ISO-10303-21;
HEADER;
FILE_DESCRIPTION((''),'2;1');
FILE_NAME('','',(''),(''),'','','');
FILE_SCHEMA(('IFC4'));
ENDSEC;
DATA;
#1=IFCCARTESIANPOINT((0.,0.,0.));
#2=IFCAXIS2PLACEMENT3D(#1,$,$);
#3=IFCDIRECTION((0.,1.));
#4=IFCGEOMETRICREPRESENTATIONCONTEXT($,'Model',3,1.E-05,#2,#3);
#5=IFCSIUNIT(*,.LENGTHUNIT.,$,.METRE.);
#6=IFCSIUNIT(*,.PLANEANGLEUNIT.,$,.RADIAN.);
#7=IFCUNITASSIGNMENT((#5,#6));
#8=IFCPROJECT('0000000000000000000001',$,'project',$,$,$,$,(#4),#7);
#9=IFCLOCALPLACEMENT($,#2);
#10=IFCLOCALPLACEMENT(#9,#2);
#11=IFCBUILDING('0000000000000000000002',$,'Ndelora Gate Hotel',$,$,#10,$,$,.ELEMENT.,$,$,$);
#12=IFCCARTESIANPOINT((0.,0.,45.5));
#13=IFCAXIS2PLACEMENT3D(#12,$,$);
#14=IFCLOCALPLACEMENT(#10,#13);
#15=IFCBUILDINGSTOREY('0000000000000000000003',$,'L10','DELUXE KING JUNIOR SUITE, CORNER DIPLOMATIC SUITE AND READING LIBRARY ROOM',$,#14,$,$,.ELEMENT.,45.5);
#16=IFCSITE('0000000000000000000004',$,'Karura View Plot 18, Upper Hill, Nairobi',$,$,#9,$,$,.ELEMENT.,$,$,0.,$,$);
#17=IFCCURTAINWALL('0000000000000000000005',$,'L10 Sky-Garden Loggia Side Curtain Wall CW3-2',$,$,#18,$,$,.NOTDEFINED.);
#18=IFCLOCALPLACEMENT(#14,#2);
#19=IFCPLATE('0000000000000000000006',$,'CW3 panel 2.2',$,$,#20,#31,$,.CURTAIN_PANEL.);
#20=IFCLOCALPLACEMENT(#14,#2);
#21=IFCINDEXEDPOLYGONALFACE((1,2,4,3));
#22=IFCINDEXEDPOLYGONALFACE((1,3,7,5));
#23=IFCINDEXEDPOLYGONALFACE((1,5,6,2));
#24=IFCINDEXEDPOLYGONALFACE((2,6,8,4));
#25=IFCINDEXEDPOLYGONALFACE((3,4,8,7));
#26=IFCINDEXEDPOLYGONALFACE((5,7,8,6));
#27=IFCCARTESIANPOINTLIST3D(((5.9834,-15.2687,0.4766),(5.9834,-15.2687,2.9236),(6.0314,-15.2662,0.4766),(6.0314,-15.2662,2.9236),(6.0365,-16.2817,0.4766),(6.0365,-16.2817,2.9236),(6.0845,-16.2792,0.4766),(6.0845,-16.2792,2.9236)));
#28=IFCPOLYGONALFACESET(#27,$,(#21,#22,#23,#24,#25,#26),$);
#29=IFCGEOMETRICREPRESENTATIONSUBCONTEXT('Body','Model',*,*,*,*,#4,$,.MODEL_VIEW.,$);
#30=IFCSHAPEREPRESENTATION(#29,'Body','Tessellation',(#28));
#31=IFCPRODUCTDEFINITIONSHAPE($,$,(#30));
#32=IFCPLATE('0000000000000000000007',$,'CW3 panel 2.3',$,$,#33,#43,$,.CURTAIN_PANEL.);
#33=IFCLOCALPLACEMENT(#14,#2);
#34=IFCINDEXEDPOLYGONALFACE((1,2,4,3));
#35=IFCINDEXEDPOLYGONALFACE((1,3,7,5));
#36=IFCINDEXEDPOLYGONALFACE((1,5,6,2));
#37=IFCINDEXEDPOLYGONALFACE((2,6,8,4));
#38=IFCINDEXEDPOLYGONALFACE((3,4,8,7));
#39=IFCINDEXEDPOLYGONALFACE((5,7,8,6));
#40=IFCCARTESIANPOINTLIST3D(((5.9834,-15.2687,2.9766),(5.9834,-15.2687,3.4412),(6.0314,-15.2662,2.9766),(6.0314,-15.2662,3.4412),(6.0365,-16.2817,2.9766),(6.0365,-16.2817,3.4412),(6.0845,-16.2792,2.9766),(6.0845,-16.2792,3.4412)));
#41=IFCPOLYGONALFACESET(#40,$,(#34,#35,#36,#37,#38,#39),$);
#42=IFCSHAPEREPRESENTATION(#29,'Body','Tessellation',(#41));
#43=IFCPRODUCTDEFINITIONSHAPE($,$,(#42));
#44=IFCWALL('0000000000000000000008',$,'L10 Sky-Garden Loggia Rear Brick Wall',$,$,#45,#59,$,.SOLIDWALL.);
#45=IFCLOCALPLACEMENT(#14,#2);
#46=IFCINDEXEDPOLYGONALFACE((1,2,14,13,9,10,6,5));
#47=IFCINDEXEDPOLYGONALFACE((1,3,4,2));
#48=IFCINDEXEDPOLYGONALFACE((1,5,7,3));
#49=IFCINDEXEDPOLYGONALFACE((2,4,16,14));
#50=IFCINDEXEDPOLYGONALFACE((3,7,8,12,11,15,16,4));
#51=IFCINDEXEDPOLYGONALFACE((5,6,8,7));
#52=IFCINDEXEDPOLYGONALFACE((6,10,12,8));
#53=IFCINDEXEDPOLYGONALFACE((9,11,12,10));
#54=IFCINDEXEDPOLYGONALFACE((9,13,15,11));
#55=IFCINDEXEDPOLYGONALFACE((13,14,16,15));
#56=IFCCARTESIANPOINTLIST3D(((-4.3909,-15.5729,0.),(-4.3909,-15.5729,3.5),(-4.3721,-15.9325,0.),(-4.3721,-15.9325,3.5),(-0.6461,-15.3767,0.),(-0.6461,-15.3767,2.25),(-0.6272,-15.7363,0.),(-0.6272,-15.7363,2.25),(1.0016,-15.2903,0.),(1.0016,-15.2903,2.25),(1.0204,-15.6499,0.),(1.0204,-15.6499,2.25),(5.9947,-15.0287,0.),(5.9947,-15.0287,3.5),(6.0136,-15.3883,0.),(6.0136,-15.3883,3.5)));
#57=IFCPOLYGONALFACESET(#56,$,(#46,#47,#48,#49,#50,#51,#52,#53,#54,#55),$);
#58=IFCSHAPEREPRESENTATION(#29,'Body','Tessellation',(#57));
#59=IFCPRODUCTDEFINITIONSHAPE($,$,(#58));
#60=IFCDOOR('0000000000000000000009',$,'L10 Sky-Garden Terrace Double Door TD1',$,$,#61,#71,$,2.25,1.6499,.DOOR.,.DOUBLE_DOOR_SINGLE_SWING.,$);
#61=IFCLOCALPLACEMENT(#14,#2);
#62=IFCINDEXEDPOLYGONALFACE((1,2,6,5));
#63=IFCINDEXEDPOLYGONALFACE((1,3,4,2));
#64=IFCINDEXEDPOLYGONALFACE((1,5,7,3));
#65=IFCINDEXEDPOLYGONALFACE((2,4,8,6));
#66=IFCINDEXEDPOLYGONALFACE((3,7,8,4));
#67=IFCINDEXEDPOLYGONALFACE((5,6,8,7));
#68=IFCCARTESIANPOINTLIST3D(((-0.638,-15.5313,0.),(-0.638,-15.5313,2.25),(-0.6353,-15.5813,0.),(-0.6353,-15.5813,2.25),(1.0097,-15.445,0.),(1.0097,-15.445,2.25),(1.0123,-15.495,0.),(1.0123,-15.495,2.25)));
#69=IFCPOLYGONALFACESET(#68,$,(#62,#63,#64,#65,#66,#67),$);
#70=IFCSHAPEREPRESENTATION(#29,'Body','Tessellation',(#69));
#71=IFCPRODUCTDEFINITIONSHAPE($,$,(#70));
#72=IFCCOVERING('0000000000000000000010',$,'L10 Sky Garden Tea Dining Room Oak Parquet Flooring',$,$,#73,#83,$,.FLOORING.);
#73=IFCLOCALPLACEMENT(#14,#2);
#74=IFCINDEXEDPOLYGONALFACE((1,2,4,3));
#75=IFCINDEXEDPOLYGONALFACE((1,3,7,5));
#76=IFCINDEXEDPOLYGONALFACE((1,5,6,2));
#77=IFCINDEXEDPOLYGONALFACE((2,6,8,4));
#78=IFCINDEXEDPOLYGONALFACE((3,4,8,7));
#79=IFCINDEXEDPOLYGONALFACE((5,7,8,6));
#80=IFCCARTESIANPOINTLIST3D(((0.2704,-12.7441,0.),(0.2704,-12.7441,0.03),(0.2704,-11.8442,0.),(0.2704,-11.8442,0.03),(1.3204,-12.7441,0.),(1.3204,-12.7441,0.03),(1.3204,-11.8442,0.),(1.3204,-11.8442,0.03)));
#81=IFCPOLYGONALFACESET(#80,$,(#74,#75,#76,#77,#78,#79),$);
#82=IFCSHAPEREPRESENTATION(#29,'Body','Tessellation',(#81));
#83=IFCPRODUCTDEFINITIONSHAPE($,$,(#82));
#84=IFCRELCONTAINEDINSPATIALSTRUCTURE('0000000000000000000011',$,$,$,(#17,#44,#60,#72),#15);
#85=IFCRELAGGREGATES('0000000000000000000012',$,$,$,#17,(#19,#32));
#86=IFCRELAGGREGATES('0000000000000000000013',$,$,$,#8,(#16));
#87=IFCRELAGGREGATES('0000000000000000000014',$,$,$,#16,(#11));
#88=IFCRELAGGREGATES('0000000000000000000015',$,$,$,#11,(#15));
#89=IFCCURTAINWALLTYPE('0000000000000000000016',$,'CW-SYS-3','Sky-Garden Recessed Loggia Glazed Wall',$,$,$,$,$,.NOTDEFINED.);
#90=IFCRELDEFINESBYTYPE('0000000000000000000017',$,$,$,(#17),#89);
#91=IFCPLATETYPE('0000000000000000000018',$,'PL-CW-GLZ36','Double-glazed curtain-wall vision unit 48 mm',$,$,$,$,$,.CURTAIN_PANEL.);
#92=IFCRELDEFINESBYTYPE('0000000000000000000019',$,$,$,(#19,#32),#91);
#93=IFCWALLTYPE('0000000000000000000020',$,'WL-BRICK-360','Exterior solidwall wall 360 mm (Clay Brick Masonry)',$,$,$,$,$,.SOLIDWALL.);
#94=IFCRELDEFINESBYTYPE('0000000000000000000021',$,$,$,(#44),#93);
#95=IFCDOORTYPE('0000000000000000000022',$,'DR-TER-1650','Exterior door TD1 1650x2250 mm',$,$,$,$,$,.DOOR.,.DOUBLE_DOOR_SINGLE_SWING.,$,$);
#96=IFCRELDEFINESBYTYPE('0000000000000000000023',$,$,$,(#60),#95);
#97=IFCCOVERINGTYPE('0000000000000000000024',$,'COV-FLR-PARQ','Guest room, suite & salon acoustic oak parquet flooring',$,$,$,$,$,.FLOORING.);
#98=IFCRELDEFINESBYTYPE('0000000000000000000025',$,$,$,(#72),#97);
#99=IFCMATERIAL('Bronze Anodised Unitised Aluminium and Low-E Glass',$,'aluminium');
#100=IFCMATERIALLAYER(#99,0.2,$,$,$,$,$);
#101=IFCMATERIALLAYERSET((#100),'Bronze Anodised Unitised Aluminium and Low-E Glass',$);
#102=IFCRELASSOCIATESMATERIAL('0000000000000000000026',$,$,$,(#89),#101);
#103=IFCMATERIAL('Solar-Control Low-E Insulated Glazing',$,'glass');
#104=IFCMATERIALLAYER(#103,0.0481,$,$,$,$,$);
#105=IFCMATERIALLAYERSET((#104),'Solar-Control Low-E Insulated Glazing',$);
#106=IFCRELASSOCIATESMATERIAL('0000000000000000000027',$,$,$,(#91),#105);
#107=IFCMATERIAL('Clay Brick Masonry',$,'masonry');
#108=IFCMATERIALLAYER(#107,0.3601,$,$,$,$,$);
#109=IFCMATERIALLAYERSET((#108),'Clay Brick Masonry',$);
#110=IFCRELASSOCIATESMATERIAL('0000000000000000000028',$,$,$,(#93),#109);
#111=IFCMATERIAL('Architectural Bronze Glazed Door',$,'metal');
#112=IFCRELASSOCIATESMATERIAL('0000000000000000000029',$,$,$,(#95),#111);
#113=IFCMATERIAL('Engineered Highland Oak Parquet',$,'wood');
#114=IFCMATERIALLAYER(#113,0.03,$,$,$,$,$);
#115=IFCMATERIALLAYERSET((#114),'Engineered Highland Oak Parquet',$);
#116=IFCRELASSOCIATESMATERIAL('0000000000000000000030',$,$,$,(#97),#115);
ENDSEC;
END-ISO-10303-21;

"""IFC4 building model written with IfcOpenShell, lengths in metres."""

from ifc_helpers import new_model, si_unit, direction, frame, frame_2d, origin, origin_2d, place, context, subcontext, project, spatial, rectangle, extrude, material, layer, layer_set, type_object, element, fill, aggregate, save


model = new_model("IFC4")

# Units and contexts
model_context = context("Model", 3, precision=1e-05, world=origin(), true_north=direction((0.0, 1.0)))
body_context = subcontext(model_context, "Body", "Model", "MODEL_VIEW")
ifc_project = project(units=[si_unit("LENGTHUNIT", "METRE"), si_unit("PLANEANGLEUNIT", "RADIAN")], contexts=[model_context])

# Site, building, storey
site_placement = place(None, origin())
site = spatial("IfcSite", under=ifc_project, at=site_placement, Name="Karura View Plot 18, Upper Hill, Nairobi", CompositionType="ELEMENT", RefElevation=0.0)
building_placement = place(site_placement, origin())
building = spatial("IfcBuilding", under=site, at=building_placement, Name="Ndelora Gate Hotel", CompositionType="ELEMENT")
storey_placement = place(building_placement, frame((0.0, 0.0, 45.5)))
storey = spatial("IfcBuildingStorey", under=building, at=storey_placement, Name="L10", Description="DELUXE KING JUNIOR SUITE, CORNER DIPLOMATIC SUITE AND READING LIBRARY ROOM", CompositionType="ELEMENT", Elevation=45.5)

# Curtain wall, plates
ifc_material_1 = material(Name="Bronze Anodised Unitised Aluminium and Low-E Glass", Category="aluminium")
ifc_layer_1 = layer(ifc_material_1, 0.2)
ifc_layer_set_1 = layer_set([ifc_layer_1], Name="Bronze Anodised Unitised Aluminium and Low-E Glass")
curtain_wall_type = type_object("IfcCurtainWallType", Name="CW-SYS-3", Description="Sky-Garden Recessed Loggia Glazed Wall", PredefinedType="NOTDEFINED", material=ifc_layer_set_1)
curtain_wall_placement = place(storey_placement, origin())
curtain_wall = element("IfcCurtainWall", 1, at=curtain_wall_placement, inside=storey, type_object=curtain_wall_type, Name="L10 Sky-Garden Loggia Side Curtain Wall CW3-2", PredefinedType="NOTDEFINED")
ifc_material_2 = material(Name="Solar-Control Low-E Insulated Glazing", Category="glass")
ifc_layer_2 = layer(ifc_material_2, 0.0481)
ifc_layer_set_2 = layer_set([ifc_layer_2], Name="Solar-Control Low-E Insulated Glazing")
plate_type = type_object("IfcPlateType", Name="PL-CW-GLZ36", Description="Double-glazed curtain-wall vision unit 48 mm", PredefinedType="CURTAIN_PANEL", material=ifc_layer_set_2)
plate_1_placement = place(storey_placement, frame((6.0339, -15.7739, 0.4766), z_axis=(0.0, 0.0, 1.0), x_axis=(-0.052318, 0.99863, 0.0)))
plate_1 = element("IfcPlate", 2, at=plate_1_placement, type_object=plate_type, Name="CW3 panel 2.2", PredefinedType="CURTAIN_PANEL", context=body_context, shape_type="SweptSolid", body=[
    extrude(rectangle(XDim=1.0144, YDim=0.0481, at=origin_2d()), origin(), (0.0, 0.0, 1.0), 2.447),
])
plate_2_placement = place(storey_placement, frame((6.0339, -15.7739, 2.9766), z_axis=(0.0, 0.0, 1.0), x_axis=(-0.052318, 0.99863, 0.0)))
plate_2 = element("IfcPlate", 3, at=plate_2_placement, type_object=plate_type, Name="CW3 panel 2.3", PredefinedType="CURTAIN_PANEL", context=body_context, shape_type="SweptSolid", body=[
    extrude(rectangle(XDim=1.0144, YDim=0.0481, at=origin_2d()), origin(), (0.0, 0.0, 1.0), 0.4646),
])
aggregate(curtain_wall, [plate_1, plate_2])

# Wall, opening, door
ifc_material_3 = material(Name="Clay Brick Masonry", Category="masonry")
ifc_layer_3 = layer(ifc_material_3, 0.3601)
ifc_layer_set_3 = layer_set([ifc_layer_3], Name="Clay Brick Masonry")
wall_type = type_object("IfcWallType", Name="WL-BRICK-360", Description="Exterior solidwall wall 360 mm (Clay Brick Masonry)", PredefinedType="SOLIDWALL", material=ifc_layer_set_3)
wall_placement = place(storey_placement, frame((6.0042, -15.2085, 0.0), z_axis=(0.0, 0.0, 1.0), x_axis=(-0.99863, -0.052326, 0.0)))
wall = element("IfcWall", 4, at=wall_placement, inside=storey, type_object=wall_type, Name="L10 Sky-Garden Loggia Rear Brick Wall", PredefinedType="SOLIDWALL", context=body_context, shape_type="SweptSolid", body=[
    extrude(rectangle(XDim=10.3999, YDim=0.3601, at=frame_2d((5.2, 0.0))), origin(), (0.0, 0.0, 1.0), 3.5),
])
opening_placement = place(wall_placement, frame((5.0, 0.0, 0.0)))
opening = element("IfcOpeningElement", 5, at=opening_placement, cuts=wall, PredefinedType="OPENING", context=body_context, shape_type="SweptSolid", body=[
    extrude(rectangle(XDim=1.6499, YDim=2.25, at=frame_2d((0.825, 1.125))), frame((0.0, 0.1899, 0.0), z_axis=(0.0, -1.0, 0.0), x_axis=(1.0, 0.0, 0.0)), (0.0, 0.0, 1.0), 0.3801),
])
ifc_material_4 = material(Name="Architectural Bronze Glazed Door", Category="metal")
door_type = type_object("IfcDoorType", Name="DR-TER-1650", Description="Exterior door TD1 1650x2250 mm", OperationType="DOUBLE_DOOR_SINGLE_SWING", PredefinedType="DOOR", material=ifc_material_4)
door_placement = place(opening_placement, origin())
door = element("IfcDoor", 6, at=door_placement, inside=storey, type_object=door_type, Name="L10 Sky-Garden Terrace Double Door TD1", OperationType="DOUBLE_DOOR_SINGLE_SWING", OverallHeight=2.25, OverallWidth=1.6499, PredefinedType="DOOR", context=body_context, shape_type="SweptSolid", body=[
    extrude(rectangle(XDim=1.6499, YDim=2.25, at=frame_2d((0.825, 1.125))), frame((0.0, 0.0249, 0.0), z_axis=(0.0, -1.0, 0.0), x_axis=(1.0, 0.0, 0.0)), (0.0, 0.0, 1.0), 0.05),
])
fill(opening, door)

# Covering
ifc_material_5 = material(Name="Engineered Highland Oak Parquet", Category="wood")
ifc_layer_4 = layer(ifc_material_5, 0.03)
ifc_layer_set_4 = layer_set([ifc_layer_4], Name="Engineered Highland Oak Parquet")
covering_type = type_object("IfcCoveringType", Name="COV-FLR-PARQ", Description="Guest room, suite & salon acoustic oak parquet flooring", PredefinedType="FLOORING", material=ifc_layer_set_4)
covering_placement = place(storey_placement, frame((0.7954, -12.2942, 0.0), z_axis=(0.0, 0.0, 1.0), x_axis=(1.0, 0.0, 0.0)))
element("IfcCovering", 7, at=covering_placement, inside=storey, type_object=covering_type, Name="L10 Sky Garden Tea Dining Room Oak Parquet Flooring", PredefinedType="FLOORING", context=body_context, shape_type="SweptSolid", body=[
    extrude(rectangle(XDim=1.05, YDim=0.8999, at=origin_2d()), origin(), (0.0, 0.0, 1.0), 0.03),
])

save(model, "model.ifc")
